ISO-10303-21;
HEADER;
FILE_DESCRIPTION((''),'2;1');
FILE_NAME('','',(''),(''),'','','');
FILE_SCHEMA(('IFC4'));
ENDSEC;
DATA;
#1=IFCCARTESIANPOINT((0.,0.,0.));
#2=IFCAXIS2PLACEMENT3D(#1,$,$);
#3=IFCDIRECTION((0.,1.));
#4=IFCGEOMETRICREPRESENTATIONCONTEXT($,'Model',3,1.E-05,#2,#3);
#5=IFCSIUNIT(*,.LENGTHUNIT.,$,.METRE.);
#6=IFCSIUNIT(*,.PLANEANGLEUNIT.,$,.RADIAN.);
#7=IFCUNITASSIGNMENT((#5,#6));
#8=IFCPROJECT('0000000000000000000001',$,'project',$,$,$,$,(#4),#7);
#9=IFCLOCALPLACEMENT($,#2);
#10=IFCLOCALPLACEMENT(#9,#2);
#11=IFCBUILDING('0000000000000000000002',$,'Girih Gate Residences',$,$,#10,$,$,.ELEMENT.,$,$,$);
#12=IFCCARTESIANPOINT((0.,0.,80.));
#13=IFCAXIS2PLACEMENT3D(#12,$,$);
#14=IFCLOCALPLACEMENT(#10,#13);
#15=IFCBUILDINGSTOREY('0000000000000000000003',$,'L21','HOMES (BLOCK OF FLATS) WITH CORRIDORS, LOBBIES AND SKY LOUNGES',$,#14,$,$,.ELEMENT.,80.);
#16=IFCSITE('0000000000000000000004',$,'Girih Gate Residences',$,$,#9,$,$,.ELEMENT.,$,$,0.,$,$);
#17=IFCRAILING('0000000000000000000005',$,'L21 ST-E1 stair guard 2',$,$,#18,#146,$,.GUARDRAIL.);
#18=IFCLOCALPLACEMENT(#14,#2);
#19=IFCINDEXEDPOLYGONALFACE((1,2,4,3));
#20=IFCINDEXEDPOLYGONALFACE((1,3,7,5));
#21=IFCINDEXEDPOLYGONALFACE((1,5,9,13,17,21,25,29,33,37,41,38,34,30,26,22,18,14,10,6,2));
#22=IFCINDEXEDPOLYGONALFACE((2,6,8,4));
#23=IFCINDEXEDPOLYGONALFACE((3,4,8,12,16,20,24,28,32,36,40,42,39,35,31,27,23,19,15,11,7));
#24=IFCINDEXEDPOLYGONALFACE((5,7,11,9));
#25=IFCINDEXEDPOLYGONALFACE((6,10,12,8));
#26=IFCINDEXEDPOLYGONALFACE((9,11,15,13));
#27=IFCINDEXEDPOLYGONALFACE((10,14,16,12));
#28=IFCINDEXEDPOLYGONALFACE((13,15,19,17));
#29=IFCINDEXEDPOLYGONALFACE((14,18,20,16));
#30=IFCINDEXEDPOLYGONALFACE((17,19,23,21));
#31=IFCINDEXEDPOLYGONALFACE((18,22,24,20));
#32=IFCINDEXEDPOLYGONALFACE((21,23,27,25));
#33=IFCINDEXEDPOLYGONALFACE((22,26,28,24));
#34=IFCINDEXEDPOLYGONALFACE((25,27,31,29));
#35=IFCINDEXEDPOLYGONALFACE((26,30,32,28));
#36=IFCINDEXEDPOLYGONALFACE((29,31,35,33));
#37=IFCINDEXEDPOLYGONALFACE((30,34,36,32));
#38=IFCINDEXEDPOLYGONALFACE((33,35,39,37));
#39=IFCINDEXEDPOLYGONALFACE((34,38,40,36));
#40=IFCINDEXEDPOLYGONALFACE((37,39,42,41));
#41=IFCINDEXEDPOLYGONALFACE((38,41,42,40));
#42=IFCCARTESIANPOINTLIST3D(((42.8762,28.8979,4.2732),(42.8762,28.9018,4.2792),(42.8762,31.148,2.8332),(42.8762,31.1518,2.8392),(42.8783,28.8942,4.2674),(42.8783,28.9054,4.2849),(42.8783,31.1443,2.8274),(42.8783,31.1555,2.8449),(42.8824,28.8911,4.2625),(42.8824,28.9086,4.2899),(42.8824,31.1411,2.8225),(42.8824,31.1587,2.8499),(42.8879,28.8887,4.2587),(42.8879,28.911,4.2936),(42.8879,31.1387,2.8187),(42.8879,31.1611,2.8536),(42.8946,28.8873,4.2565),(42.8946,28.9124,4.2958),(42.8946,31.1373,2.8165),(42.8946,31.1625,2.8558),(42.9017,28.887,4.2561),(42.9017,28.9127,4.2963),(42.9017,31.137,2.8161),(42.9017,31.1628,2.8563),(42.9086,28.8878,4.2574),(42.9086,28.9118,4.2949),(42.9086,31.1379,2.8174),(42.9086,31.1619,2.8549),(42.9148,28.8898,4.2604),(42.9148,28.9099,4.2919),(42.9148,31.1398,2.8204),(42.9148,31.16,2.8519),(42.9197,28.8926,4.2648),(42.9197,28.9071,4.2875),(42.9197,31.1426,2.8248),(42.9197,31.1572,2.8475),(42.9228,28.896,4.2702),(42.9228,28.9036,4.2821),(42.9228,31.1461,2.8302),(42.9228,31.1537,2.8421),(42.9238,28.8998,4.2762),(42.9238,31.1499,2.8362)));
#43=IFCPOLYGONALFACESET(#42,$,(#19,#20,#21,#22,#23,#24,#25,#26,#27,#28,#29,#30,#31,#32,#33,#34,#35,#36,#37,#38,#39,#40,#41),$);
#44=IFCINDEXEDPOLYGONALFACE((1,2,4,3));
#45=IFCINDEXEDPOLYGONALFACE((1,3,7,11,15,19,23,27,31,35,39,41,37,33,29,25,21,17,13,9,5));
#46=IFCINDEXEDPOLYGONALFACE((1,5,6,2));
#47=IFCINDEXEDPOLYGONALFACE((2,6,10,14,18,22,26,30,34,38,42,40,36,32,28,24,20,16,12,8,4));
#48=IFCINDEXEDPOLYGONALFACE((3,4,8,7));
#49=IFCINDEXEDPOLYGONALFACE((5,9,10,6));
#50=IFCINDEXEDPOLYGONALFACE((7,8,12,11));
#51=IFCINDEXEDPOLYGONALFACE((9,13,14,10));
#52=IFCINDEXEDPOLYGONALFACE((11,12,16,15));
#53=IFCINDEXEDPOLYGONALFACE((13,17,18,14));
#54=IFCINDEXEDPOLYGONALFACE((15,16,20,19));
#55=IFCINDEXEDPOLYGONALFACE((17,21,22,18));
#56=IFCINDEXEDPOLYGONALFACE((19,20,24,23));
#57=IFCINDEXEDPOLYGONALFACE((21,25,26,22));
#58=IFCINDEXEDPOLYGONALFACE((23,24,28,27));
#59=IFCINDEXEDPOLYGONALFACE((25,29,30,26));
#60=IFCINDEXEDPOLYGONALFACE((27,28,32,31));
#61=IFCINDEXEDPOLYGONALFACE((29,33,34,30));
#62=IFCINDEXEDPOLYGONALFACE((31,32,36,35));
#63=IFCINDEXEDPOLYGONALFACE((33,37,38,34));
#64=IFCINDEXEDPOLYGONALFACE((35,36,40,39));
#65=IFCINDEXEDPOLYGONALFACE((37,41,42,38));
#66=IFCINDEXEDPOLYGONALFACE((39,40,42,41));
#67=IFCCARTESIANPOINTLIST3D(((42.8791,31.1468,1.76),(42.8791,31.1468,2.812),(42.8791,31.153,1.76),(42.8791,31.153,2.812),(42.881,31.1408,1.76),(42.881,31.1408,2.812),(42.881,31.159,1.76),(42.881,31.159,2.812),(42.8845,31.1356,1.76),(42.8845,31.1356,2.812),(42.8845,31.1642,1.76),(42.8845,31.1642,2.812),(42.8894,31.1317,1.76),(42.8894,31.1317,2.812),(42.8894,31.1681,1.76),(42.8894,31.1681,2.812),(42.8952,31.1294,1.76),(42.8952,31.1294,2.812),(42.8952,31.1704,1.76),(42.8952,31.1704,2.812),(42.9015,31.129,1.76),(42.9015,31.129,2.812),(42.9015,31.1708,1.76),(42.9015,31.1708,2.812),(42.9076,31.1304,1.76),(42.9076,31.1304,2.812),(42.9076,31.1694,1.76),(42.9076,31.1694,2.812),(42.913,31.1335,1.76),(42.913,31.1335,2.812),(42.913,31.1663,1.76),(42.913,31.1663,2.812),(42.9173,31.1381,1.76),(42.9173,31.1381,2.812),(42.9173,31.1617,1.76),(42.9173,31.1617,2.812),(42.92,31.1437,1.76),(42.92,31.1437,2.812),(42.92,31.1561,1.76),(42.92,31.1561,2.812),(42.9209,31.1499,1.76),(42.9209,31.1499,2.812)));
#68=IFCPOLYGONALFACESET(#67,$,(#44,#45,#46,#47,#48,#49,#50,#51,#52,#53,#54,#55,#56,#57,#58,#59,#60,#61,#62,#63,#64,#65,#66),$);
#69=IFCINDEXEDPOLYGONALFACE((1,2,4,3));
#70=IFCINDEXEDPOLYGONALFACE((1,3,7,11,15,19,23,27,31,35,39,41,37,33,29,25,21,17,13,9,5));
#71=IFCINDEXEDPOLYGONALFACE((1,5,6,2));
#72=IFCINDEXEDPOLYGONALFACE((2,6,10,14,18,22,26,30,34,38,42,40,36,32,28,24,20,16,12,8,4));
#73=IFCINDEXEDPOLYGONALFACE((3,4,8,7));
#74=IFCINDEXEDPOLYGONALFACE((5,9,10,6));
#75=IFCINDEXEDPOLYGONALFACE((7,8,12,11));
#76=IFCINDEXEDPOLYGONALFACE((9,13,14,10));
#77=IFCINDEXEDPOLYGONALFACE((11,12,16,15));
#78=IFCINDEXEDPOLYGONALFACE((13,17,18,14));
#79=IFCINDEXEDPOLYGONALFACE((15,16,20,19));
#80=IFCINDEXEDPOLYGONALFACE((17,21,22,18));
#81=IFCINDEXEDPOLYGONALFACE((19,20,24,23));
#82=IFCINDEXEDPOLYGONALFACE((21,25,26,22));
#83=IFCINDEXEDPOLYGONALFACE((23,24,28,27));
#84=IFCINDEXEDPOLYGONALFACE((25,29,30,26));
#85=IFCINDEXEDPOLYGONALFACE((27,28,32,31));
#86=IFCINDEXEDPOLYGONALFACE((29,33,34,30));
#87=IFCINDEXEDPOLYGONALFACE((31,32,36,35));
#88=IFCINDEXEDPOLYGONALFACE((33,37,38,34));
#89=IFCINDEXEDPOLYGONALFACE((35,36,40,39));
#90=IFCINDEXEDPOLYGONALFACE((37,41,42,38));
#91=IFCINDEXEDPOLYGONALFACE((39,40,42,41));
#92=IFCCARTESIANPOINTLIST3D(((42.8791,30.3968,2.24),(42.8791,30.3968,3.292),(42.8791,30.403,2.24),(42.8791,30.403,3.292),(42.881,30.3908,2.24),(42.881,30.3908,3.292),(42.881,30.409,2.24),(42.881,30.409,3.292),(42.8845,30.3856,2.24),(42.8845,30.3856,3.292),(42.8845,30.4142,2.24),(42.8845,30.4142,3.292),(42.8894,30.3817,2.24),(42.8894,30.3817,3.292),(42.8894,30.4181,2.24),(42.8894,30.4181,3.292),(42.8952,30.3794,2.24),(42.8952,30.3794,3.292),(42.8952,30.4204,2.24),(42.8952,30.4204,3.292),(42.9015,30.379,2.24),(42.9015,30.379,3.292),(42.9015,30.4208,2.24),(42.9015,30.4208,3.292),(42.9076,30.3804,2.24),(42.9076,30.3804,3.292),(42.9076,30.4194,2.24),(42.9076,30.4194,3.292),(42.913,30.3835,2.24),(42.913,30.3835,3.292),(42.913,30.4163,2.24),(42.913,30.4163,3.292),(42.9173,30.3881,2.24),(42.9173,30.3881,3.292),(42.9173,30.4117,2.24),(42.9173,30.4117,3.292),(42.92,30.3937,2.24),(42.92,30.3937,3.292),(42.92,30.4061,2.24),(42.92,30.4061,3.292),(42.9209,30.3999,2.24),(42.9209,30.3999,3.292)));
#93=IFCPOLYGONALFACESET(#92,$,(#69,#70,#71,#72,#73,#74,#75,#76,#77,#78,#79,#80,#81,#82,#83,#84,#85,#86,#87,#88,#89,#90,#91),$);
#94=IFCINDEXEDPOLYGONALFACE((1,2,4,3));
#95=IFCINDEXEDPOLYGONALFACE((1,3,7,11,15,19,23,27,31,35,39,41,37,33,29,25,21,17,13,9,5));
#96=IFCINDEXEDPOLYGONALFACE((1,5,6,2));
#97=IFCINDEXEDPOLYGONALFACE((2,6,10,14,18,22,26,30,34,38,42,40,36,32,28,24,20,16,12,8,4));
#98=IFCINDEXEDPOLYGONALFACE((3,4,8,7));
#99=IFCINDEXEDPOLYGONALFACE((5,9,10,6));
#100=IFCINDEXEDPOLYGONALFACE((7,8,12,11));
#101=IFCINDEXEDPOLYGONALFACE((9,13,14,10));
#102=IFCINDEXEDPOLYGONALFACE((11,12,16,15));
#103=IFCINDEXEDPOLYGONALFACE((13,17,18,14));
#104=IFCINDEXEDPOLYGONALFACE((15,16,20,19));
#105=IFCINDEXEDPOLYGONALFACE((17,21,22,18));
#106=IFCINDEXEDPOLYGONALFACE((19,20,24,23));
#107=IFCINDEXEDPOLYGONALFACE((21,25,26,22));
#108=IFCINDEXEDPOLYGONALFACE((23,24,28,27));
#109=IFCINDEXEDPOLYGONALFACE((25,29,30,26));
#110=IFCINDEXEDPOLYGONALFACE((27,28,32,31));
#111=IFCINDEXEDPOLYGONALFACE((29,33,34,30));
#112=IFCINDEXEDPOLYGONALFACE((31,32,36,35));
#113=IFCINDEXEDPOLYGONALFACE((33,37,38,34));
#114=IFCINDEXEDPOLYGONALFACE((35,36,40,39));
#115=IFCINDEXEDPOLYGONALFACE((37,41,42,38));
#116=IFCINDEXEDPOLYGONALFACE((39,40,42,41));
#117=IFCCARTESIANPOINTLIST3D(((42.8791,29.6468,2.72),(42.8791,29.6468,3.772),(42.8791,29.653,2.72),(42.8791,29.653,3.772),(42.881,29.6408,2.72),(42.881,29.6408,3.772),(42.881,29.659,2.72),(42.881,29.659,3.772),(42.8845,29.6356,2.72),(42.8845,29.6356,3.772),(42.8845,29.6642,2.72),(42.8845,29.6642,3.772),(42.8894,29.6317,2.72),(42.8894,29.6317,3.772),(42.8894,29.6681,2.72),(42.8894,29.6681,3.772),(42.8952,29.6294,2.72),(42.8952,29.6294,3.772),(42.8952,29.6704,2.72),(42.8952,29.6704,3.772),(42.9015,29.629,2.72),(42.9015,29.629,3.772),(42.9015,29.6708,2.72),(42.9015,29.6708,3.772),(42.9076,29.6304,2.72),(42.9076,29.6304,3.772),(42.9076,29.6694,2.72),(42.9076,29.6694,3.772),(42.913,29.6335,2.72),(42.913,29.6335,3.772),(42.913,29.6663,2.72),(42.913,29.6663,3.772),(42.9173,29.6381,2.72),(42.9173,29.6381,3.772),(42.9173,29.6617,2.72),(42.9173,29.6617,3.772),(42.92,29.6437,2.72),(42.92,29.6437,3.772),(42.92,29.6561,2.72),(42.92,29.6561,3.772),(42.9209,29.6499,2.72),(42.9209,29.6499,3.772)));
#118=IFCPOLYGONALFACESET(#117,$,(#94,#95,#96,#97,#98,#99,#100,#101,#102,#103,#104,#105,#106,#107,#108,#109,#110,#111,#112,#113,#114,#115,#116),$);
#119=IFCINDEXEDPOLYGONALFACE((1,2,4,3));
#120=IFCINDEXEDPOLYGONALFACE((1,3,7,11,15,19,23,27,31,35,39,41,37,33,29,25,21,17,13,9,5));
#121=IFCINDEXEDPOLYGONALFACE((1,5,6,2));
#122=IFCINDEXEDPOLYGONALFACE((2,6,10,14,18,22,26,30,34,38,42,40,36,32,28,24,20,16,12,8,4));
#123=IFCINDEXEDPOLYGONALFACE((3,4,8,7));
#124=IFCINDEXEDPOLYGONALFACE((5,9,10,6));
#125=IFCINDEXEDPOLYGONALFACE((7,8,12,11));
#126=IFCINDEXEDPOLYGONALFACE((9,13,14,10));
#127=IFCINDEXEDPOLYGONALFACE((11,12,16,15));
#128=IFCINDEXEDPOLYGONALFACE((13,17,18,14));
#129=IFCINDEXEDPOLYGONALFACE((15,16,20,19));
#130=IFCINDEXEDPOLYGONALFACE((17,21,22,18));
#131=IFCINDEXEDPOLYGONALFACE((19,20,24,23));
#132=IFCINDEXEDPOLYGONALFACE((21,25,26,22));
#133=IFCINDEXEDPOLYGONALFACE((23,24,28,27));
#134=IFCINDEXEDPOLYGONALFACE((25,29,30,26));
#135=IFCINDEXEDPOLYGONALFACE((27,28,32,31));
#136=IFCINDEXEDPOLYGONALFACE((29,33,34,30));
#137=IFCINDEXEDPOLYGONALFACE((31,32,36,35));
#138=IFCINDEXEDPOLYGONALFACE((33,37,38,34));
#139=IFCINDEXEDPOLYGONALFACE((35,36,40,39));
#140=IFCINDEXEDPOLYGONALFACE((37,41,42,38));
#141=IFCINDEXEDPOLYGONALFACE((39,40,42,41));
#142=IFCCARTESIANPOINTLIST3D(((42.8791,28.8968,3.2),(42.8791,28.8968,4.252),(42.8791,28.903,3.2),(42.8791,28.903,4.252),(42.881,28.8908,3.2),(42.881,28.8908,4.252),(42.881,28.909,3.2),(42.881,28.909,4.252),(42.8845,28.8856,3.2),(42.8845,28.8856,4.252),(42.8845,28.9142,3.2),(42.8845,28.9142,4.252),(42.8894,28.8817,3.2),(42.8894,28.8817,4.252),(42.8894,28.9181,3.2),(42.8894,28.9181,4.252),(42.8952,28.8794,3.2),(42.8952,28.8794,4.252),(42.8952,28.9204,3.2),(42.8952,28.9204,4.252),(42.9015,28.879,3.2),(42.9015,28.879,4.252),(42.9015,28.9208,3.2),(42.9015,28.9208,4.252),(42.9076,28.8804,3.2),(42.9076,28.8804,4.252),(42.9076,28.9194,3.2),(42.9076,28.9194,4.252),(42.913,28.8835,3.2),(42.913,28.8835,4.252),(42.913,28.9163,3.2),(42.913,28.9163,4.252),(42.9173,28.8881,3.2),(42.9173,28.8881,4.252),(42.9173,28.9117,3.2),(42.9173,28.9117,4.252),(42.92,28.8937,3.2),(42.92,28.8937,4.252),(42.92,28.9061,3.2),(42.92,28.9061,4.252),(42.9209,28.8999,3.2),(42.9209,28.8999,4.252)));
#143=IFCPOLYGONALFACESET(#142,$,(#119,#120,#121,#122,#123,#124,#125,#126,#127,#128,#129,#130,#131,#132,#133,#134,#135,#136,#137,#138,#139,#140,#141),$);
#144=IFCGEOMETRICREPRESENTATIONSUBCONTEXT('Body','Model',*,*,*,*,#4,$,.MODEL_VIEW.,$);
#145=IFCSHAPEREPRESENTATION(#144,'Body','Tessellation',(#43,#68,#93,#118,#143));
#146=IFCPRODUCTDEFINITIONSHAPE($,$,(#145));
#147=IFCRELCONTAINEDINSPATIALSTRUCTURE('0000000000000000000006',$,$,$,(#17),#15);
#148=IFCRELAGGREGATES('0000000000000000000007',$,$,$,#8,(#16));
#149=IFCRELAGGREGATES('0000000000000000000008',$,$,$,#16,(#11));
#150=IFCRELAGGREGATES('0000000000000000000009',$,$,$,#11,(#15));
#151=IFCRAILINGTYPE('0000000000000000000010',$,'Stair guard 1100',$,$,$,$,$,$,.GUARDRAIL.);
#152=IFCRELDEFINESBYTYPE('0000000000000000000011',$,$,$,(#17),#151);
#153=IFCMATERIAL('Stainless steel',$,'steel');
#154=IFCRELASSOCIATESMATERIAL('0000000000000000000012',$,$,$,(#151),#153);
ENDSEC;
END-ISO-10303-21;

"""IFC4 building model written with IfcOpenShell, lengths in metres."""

from ifc_helpers import new_model, si_unit, direction, frame, origin, origin_2d, place, context, subcontext, project, spatial, circle, extrude, material, type_object, element, save


model = new_model("IFC4")

# Units and contexts
model_context = context("Model", 3, precision=1e-05, world=origin(), true_north=direction((0.0, 1.0)))
body_context = subcontext(model_context, "Body", "Model", "MODEL_VIEW")
ifc_project = project(units=[si_unit("LENGTHUNIT", "METRE"), si_unit("PLANEANGLEUNIT", "RADIAN")], contexts=[model_context])

# Site, building, storey
site_placement = place(None, origin())
site = spatial("IfcSite", under=ifc_project, at=site_placement, Name="Girih Gate Residences", CompositionType="ELEMENT", RefElevation=0.0)
building_placement = place(site_placement, origin())
building = spatial("IfcBuilding", under=site, at=building_placement, Name="Girih Gate Residences", CompositionType="ELEMENT")
storey_placement = place(building_placement, frame((0.0, 0.0, 80.0)))
storey = spatial("IfcBuildingStorey", under=building, at=storey_placement, Name="L21", Description="HOMES (BLOCK OF FLATS) WITH CORRIDORS, LOBBIES AND SKY LOUNGES", CompositionType="ELEMENT", Elevation=80.0)

# Railing
ifc_material_1 = material(Name="Stainless steel", Category="steel")
railing_type_1 = type_object("IfcRailingType", Name="Stair guard 1100", PredefinedType="GUARDRAIL", material=ifc_material_1)
railing_1_placement = place(storey_placement, frame((42.8999, 31.1499, 1.76)))
element("IfcRailing", 1, at=railing_1_placement, inside=storey, type_object=railing_type_1, Name="L21 ST-E1 stair guard 2", PredefinedType="GUARDRAIL", context=body_context, shape_type="SweptSolid", body=[
    extrude(circle(Radius=0.0239, at=origin_2d()), frame((0.0, 0.0, 1.0762), z_axis=(0.0, -0.842281, 0.539038), x_axis=(1.0, 0.0, 0.0)), (0.0, 0.0, 1.0), 2.6714),
    extrude(circle(Radius=0.021, at=origin_2d()), origin(), (0.0, 0.0, 1.0), 1.052),
    extrude(circle(Radius=0.021, at=origin_2d()), frame((0.0, -0.75, 0.48)), (0.0, 0.0, 1.0), 1.052),
    extrude(circle(Radius=0.021, at=origin_2d()), frame((0.0, -1.5, 0.96)), (0.0, 0.0, 1.0), 1.052),
    extrude(circle(Radius=0.021, at=origin_2d()), frame((0.0, -2.25, 1.4399)), (0.0, 0.0, 1.0), 1.052),
])

save(model, "model.ifc")
